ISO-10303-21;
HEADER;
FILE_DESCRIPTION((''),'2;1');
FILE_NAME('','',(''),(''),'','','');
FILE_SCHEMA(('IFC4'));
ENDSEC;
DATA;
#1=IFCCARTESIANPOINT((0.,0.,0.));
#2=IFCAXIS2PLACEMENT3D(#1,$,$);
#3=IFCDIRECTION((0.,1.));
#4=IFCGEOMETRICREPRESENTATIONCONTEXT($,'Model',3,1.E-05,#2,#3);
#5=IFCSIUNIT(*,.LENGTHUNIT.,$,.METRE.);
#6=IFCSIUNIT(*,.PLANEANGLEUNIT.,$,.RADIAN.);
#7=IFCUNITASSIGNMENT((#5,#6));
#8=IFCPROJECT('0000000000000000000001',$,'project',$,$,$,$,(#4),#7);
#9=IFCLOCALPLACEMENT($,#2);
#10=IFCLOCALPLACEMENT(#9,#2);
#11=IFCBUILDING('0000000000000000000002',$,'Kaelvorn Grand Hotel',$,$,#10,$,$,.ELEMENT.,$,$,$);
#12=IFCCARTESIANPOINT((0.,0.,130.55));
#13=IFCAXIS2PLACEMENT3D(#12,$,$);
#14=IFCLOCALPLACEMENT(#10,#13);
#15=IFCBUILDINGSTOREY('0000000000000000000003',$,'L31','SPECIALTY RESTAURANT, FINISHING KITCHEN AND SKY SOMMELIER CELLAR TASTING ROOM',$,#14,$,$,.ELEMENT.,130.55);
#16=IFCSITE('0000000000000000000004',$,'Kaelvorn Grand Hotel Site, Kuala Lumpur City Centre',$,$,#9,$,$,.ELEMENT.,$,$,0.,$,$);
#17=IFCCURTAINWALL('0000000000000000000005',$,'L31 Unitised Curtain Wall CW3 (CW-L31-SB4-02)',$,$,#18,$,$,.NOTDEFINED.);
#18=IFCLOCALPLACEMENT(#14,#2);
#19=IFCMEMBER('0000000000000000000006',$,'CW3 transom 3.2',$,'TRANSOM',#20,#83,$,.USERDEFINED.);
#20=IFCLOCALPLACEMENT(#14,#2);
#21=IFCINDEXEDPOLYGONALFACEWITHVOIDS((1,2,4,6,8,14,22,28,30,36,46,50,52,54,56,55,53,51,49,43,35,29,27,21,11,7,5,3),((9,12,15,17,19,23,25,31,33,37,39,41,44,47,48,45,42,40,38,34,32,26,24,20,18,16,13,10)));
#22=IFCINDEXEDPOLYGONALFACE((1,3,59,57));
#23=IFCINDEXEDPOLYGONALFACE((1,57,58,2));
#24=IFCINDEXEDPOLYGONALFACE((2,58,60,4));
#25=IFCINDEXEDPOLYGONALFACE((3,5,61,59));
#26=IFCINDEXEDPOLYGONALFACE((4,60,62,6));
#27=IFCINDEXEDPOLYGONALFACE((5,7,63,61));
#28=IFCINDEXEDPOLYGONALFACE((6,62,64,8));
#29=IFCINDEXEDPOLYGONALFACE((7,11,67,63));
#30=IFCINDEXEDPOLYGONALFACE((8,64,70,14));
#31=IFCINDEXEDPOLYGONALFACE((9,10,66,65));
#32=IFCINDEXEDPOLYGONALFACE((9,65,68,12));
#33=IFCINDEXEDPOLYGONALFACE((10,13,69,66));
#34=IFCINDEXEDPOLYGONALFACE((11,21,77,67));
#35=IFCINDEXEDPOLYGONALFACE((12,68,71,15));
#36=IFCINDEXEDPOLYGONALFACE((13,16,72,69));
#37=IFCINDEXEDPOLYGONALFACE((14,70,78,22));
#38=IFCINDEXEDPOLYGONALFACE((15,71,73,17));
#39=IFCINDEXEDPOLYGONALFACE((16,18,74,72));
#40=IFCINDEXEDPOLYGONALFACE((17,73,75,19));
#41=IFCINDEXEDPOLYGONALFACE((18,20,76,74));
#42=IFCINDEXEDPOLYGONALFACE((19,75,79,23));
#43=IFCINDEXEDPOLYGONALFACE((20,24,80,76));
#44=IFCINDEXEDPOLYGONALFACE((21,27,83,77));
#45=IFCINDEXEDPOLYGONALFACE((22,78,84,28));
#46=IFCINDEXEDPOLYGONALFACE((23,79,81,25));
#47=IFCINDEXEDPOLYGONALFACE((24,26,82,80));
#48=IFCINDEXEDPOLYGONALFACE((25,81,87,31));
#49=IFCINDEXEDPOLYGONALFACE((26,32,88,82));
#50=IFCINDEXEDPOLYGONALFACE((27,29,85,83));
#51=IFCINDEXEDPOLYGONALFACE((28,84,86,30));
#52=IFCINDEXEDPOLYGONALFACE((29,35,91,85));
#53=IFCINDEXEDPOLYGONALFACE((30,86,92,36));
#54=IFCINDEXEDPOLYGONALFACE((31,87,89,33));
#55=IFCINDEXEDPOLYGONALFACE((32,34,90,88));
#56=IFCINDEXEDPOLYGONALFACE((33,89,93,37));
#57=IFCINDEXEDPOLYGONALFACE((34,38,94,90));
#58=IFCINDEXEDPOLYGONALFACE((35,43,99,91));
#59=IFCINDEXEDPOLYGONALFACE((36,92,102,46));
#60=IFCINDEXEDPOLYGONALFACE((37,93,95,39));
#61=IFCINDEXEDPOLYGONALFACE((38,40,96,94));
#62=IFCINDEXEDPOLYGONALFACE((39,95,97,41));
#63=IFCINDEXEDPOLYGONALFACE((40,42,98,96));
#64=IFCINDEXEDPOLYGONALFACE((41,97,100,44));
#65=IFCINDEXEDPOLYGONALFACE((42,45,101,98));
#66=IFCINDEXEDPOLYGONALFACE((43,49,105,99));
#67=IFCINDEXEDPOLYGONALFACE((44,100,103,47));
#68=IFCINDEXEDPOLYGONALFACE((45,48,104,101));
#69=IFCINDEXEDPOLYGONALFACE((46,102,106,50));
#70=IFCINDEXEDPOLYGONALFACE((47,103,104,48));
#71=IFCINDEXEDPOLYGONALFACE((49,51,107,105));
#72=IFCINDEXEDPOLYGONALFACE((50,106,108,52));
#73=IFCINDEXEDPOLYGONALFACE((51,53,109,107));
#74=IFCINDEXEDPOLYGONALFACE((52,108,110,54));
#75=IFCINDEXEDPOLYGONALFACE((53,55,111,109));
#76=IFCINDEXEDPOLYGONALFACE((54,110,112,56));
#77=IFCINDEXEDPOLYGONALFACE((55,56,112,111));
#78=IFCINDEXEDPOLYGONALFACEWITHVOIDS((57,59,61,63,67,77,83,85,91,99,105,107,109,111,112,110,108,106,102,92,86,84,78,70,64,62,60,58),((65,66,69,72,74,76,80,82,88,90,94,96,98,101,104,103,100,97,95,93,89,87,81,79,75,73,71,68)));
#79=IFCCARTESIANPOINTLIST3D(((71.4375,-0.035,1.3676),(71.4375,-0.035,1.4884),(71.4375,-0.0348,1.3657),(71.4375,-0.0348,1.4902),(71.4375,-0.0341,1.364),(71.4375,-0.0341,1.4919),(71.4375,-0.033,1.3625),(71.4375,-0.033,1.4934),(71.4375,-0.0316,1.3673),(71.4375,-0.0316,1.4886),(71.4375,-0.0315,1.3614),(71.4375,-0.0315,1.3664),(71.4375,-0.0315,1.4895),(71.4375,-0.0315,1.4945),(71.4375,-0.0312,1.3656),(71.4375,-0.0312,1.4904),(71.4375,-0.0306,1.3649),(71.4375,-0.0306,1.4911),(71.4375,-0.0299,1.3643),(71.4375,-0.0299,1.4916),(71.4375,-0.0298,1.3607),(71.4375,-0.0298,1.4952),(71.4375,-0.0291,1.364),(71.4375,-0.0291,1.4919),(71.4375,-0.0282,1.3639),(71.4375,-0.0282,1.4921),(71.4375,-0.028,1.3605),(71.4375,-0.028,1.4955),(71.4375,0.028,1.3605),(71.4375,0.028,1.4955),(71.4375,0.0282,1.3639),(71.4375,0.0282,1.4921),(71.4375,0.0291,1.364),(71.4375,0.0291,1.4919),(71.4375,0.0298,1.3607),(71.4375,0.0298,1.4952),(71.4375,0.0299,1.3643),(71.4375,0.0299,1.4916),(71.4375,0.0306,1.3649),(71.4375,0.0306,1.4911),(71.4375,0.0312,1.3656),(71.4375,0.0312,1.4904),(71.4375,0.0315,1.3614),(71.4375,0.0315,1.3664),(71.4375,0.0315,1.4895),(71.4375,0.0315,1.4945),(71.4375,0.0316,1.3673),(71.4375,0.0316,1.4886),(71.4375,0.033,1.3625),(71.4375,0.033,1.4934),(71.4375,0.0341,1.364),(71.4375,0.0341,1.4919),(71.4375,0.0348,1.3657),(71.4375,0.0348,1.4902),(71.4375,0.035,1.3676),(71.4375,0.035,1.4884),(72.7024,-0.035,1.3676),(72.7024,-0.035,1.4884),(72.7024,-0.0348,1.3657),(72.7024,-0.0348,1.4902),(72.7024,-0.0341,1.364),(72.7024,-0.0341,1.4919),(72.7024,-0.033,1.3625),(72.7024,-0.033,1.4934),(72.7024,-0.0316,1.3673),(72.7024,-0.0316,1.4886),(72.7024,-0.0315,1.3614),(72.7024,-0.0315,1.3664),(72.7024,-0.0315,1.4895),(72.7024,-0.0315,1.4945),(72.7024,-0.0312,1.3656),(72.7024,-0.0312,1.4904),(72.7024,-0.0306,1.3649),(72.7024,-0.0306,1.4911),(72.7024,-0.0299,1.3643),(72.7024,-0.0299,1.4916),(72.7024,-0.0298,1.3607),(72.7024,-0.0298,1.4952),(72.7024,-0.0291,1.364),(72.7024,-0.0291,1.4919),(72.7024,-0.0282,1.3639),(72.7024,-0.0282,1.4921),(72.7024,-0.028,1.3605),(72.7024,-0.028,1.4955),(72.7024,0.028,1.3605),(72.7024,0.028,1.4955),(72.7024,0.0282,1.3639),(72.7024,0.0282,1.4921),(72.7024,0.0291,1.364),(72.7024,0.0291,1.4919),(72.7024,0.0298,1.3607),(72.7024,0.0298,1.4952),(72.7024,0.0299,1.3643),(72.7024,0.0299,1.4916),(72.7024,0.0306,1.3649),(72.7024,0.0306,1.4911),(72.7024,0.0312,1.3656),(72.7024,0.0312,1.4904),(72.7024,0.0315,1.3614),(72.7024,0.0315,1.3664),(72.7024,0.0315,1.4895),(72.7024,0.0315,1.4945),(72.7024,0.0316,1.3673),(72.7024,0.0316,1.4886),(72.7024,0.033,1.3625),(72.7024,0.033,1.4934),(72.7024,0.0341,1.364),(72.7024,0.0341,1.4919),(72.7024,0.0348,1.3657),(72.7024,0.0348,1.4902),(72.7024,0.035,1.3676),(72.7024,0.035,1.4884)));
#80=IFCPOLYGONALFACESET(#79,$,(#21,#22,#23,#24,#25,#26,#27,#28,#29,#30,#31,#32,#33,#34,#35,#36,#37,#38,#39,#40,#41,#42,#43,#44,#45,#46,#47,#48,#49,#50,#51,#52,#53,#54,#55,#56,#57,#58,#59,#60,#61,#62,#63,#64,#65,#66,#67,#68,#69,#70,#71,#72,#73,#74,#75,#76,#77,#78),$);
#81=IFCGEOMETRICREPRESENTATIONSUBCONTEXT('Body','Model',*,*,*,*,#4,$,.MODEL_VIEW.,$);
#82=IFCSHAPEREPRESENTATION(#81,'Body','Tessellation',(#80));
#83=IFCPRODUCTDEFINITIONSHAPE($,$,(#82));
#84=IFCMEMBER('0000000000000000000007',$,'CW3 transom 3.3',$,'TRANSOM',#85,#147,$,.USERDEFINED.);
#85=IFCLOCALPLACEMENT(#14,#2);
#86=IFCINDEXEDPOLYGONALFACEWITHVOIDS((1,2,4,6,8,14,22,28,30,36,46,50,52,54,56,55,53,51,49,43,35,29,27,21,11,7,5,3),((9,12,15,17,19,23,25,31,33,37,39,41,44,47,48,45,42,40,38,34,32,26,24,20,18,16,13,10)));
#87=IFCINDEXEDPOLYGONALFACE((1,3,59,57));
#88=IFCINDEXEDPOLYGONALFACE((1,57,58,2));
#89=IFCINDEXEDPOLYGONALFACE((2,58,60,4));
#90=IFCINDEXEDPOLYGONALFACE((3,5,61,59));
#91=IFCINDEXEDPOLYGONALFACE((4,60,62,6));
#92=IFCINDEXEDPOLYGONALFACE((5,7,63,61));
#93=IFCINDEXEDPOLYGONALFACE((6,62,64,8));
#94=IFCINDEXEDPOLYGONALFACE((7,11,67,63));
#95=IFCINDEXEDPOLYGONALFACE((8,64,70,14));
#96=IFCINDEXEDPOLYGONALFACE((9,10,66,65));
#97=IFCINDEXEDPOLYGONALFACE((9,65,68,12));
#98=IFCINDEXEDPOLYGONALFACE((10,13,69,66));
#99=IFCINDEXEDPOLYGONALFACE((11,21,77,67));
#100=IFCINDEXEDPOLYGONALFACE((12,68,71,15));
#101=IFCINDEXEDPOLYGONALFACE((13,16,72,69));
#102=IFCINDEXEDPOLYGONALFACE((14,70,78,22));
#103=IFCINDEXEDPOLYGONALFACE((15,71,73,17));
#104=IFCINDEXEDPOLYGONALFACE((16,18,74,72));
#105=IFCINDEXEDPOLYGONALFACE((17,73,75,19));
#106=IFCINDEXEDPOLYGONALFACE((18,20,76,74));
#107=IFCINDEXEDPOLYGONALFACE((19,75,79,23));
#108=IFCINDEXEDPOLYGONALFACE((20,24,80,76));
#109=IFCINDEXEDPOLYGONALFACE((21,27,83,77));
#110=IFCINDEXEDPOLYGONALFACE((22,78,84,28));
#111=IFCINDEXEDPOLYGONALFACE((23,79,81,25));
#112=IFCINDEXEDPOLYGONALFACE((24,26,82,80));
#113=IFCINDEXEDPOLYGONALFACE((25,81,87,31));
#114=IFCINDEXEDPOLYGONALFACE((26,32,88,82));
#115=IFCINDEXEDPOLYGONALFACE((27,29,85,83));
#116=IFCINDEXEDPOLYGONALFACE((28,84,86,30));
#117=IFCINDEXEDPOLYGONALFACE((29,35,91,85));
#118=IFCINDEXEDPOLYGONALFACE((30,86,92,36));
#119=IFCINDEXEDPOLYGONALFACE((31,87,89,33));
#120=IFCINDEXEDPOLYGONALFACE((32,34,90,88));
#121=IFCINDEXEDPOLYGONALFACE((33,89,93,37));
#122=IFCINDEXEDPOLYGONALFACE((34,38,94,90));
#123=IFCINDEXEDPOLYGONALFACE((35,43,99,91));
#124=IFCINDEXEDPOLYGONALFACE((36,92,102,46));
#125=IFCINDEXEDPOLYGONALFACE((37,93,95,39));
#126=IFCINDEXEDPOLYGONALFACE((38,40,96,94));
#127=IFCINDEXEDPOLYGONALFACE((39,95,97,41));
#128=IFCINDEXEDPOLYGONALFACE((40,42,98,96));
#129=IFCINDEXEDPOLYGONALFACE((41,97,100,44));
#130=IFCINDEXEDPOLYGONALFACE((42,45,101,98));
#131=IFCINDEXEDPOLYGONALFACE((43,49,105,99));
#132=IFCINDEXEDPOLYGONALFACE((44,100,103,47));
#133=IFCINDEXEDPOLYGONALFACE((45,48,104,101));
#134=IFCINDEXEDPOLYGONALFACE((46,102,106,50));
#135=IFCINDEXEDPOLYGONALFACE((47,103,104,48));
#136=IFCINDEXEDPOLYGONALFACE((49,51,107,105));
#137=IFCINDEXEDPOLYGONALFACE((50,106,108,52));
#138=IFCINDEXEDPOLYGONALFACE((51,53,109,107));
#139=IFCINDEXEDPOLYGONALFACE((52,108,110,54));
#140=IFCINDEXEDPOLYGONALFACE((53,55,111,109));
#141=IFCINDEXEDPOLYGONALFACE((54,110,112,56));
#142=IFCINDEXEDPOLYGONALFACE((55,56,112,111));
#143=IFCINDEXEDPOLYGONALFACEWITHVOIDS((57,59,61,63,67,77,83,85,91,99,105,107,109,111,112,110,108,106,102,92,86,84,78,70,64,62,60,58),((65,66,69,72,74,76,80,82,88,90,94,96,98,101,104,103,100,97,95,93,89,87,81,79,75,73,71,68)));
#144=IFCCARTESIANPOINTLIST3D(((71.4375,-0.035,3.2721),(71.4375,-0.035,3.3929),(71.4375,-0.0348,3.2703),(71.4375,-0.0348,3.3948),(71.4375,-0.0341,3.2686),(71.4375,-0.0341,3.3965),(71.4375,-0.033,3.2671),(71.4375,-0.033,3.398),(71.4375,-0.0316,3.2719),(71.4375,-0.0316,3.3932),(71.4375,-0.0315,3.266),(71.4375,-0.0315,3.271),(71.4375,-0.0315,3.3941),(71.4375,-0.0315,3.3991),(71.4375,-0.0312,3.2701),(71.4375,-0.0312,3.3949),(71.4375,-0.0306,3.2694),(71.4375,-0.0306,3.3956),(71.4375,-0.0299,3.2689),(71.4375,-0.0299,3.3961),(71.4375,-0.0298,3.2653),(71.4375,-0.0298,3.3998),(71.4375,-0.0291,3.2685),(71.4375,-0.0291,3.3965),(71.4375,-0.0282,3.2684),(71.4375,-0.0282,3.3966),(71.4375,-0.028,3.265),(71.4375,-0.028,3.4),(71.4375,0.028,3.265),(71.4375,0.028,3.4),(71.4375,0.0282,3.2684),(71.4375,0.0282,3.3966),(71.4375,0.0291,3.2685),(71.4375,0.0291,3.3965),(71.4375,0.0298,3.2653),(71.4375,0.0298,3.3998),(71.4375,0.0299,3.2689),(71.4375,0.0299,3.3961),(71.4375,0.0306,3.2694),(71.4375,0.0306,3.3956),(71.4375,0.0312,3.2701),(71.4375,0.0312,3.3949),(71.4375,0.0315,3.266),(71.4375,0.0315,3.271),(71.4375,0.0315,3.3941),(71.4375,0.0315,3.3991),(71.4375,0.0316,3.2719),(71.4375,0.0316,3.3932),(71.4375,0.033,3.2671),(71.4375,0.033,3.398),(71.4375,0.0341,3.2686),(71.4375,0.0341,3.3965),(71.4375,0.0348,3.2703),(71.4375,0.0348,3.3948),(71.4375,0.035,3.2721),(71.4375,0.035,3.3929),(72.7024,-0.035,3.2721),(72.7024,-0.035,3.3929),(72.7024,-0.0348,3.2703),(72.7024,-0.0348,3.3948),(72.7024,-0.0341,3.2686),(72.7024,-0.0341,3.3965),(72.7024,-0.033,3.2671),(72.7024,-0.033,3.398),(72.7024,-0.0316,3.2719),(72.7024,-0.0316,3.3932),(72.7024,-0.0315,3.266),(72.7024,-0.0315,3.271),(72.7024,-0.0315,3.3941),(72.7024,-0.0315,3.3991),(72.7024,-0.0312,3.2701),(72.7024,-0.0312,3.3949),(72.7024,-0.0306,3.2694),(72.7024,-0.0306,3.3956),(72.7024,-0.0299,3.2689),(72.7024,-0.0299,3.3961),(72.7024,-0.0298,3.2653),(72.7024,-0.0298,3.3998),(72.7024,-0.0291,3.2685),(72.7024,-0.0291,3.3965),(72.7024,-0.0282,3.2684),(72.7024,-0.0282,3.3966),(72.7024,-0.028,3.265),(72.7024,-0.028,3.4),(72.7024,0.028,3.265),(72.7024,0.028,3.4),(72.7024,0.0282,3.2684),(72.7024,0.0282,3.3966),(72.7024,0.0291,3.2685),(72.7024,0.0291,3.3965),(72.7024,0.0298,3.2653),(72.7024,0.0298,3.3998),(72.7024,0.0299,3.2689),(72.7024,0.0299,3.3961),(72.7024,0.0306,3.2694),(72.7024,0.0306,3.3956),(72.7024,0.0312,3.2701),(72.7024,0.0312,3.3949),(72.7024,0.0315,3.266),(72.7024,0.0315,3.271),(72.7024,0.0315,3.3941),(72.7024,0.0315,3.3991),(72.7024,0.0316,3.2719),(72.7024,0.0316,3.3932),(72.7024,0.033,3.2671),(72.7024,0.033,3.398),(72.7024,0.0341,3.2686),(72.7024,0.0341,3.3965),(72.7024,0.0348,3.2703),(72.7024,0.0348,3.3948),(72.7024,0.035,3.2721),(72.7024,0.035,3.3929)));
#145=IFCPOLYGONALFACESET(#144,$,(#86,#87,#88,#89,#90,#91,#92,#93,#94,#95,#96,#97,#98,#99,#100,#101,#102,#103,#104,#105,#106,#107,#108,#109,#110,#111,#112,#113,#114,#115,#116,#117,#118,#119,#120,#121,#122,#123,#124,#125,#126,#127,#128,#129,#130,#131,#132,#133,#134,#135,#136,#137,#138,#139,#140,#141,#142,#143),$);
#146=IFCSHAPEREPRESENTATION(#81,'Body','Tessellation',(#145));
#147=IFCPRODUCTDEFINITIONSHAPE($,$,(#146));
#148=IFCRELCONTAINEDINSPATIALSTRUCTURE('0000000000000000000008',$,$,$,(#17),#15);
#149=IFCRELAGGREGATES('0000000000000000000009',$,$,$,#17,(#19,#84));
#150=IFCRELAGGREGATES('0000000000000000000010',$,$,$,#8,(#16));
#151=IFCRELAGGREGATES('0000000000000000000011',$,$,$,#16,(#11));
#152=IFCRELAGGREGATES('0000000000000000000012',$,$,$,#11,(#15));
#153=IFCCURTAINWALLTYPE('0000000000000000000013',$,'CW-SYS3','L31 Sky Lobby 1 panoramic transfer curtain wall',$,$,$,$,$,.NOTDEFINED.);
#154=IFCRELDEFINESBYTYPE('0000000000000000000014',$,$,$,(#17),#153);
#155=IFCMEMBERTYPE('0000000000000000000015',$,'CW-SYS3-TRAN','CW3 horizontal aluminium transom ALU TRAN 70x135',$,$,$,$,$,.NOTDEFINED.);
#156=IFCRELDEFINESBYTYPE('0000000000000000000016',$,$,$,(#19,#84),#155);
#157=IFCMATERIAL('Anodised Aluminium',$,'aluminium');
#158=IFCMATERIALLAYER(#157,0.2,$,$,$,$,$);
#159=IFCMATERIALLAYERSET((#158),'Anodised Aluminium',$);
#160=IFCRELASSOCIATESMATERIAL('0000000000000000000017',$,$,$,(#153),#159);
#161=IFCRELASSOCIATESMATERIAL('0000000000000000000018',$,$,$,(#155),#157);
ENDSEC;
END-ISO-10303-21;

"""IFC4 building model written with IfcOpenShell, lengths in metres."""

from ifc_helpers import new_model, si_unit, direction, frame, origin, origin_2d, place, context, subcontext, project, spatial, hollow_rectangle, extrude, material, layer, layer_set, material_profile, profile_set, type_object, element, aggregate, save


model = new_model("IFC4")

# Units and contexts
model_context = context("Model", 3, precision=1e-05, world=origin(), true_north=direction((0.0, 1.0)))
body_context = subcontext(model_context, "Body", "Model", "MODEL_VIEW")
ifc_project = project(units=[si_unit("LENGTHUNIT", "METRE"), si_unit("PLANEANGLEUNIT", "RADIAN")], contexts=[model_context])

# Site, building, storey
site_placement = place(None, origin())
site = spatial("IfcSite", under=ifc_project, at=site_placement, Name="Kaelvorn Grand Hotel Site, Kuala Lumpur City Centre", CompositionType="ELEMENT", RefElevation=0.0)
building_placement = place(site_placement, origin())
building = spatial("IfcBuilding", under=site, at=building_placement, Name="Kaelvorn Grand Hotel", CompositionType="ELEMENT")
storey_placement = place(building_placement, frame((0.0, 0.0, 130.55)))
storey = spatial("IfcBuildingStorey", under=building, at=storey_placement, Name="L31", Description="SPECIALTY RESTAURANT, FINISHING KITCHEN AND SKY SOMMELIER CELLAR TASTING ROOM", CompositionType="ELEMENT", Elevation=130.55)

# Curtain wall, members
ifc_material_1 = material(Name="Anodised Aluminium", Category="aluminium")
ifc_layer_1 = layer(ifc_material_1, 0.2)
ifc_layer_set_1 = layer_set([ifc_layer_1], Name="Anodised Aluminium")
curtain_wall_type = type_object("IfcCurtainWallType", Name="CW-SYS3", Description="L31 Sky Lobby 1 panoramic transfer curtain wall", PredefinedType="NOTDEFINED", material=ifc_layer_set_1)
curtain_wall_placement = place(storey_placement, origin())
curtain_wall = element("IfcCurtainWall", 1, at=curtain_wall_placement, inside=storey, type_object=curtain_wall_type, Name="L31 Unitised Curtain Wall CW3 (CW-L31-SB4-02)", PredefinedType="NOTDEFINED")
ifc_material_profile_1 = material_profile(ifc_material_1, hollow_rectangle(XDim=0.0701, YDim=0.135, WallThickness=0.0034, InnerFilletRadius=0.0034, OuterFilletRadius=0.0071, at=origin_2d()), Name="ALU TRAN 70x135")
ifc_profile_set_1 = profile_set([ifc_material_profile_1], Name="Anodised Aluminium")
member_type_1 = type_object("IfcMemberType", Name="CW-SYS3-TRAN", Description="CW3 horizontal aluminium transom ALU TRAN 70x135", PredefinedType="NOTDEFINED", material=ifc_profile_set_1)
member_1_placement = place(storey_placement, frame((71.4375, 0.0, 1.428), z_axis=(1.0, 0.0, 0.0), x_axis=(0.0, 1.0, 0.0)))
member_1 = element("IfcMember", 2, at=member_1_placement, type_object=member_type_1, Name="CW3 transom 3.2", ObjectType="TRANSOM", PredefinedType="USERDEFINED", context=body_context, shape_type="SweptSolid", body=[
    extrude(hollow_rectangle(XDim=0.0701, YDim=0.135, WallThickness=0.0034, InnerFilletRadius=0.0034, OuterFilletRadius=0.0071, at=origin_2d()), origin(), (0.0, 0.0, 1.0), 1.2649),
])
member_2_placement = place(storey_placement, frame((71.4375, 0.0, 3.3325), z_axis=(1.0, 0.0, 0.0), x_axis=(0.0, 1.0, 0.0)))
member_2 = element("IfcMember", 3, at=member_2_placement, type_object=member_type_1, Name="CW3 transom 3.3", ObjectType="TRANSOM", PredefinedType="USERDEFINED", context=body_context, shape_type="SweptSolid", body=[
    extrude(hollow_rectangle(XDim=0.0701, YDim=0.135, WallThickness=0.0034, InnerFilletRadius=0.0034, OuterFilletRadius=0.0071, at=origin_2d()), origin(), (0.0, 0.0, 1.0), 1.2649),
])
aggregate(curtain_wall, [member_1, member_2])

save(model, "model.ifc")
